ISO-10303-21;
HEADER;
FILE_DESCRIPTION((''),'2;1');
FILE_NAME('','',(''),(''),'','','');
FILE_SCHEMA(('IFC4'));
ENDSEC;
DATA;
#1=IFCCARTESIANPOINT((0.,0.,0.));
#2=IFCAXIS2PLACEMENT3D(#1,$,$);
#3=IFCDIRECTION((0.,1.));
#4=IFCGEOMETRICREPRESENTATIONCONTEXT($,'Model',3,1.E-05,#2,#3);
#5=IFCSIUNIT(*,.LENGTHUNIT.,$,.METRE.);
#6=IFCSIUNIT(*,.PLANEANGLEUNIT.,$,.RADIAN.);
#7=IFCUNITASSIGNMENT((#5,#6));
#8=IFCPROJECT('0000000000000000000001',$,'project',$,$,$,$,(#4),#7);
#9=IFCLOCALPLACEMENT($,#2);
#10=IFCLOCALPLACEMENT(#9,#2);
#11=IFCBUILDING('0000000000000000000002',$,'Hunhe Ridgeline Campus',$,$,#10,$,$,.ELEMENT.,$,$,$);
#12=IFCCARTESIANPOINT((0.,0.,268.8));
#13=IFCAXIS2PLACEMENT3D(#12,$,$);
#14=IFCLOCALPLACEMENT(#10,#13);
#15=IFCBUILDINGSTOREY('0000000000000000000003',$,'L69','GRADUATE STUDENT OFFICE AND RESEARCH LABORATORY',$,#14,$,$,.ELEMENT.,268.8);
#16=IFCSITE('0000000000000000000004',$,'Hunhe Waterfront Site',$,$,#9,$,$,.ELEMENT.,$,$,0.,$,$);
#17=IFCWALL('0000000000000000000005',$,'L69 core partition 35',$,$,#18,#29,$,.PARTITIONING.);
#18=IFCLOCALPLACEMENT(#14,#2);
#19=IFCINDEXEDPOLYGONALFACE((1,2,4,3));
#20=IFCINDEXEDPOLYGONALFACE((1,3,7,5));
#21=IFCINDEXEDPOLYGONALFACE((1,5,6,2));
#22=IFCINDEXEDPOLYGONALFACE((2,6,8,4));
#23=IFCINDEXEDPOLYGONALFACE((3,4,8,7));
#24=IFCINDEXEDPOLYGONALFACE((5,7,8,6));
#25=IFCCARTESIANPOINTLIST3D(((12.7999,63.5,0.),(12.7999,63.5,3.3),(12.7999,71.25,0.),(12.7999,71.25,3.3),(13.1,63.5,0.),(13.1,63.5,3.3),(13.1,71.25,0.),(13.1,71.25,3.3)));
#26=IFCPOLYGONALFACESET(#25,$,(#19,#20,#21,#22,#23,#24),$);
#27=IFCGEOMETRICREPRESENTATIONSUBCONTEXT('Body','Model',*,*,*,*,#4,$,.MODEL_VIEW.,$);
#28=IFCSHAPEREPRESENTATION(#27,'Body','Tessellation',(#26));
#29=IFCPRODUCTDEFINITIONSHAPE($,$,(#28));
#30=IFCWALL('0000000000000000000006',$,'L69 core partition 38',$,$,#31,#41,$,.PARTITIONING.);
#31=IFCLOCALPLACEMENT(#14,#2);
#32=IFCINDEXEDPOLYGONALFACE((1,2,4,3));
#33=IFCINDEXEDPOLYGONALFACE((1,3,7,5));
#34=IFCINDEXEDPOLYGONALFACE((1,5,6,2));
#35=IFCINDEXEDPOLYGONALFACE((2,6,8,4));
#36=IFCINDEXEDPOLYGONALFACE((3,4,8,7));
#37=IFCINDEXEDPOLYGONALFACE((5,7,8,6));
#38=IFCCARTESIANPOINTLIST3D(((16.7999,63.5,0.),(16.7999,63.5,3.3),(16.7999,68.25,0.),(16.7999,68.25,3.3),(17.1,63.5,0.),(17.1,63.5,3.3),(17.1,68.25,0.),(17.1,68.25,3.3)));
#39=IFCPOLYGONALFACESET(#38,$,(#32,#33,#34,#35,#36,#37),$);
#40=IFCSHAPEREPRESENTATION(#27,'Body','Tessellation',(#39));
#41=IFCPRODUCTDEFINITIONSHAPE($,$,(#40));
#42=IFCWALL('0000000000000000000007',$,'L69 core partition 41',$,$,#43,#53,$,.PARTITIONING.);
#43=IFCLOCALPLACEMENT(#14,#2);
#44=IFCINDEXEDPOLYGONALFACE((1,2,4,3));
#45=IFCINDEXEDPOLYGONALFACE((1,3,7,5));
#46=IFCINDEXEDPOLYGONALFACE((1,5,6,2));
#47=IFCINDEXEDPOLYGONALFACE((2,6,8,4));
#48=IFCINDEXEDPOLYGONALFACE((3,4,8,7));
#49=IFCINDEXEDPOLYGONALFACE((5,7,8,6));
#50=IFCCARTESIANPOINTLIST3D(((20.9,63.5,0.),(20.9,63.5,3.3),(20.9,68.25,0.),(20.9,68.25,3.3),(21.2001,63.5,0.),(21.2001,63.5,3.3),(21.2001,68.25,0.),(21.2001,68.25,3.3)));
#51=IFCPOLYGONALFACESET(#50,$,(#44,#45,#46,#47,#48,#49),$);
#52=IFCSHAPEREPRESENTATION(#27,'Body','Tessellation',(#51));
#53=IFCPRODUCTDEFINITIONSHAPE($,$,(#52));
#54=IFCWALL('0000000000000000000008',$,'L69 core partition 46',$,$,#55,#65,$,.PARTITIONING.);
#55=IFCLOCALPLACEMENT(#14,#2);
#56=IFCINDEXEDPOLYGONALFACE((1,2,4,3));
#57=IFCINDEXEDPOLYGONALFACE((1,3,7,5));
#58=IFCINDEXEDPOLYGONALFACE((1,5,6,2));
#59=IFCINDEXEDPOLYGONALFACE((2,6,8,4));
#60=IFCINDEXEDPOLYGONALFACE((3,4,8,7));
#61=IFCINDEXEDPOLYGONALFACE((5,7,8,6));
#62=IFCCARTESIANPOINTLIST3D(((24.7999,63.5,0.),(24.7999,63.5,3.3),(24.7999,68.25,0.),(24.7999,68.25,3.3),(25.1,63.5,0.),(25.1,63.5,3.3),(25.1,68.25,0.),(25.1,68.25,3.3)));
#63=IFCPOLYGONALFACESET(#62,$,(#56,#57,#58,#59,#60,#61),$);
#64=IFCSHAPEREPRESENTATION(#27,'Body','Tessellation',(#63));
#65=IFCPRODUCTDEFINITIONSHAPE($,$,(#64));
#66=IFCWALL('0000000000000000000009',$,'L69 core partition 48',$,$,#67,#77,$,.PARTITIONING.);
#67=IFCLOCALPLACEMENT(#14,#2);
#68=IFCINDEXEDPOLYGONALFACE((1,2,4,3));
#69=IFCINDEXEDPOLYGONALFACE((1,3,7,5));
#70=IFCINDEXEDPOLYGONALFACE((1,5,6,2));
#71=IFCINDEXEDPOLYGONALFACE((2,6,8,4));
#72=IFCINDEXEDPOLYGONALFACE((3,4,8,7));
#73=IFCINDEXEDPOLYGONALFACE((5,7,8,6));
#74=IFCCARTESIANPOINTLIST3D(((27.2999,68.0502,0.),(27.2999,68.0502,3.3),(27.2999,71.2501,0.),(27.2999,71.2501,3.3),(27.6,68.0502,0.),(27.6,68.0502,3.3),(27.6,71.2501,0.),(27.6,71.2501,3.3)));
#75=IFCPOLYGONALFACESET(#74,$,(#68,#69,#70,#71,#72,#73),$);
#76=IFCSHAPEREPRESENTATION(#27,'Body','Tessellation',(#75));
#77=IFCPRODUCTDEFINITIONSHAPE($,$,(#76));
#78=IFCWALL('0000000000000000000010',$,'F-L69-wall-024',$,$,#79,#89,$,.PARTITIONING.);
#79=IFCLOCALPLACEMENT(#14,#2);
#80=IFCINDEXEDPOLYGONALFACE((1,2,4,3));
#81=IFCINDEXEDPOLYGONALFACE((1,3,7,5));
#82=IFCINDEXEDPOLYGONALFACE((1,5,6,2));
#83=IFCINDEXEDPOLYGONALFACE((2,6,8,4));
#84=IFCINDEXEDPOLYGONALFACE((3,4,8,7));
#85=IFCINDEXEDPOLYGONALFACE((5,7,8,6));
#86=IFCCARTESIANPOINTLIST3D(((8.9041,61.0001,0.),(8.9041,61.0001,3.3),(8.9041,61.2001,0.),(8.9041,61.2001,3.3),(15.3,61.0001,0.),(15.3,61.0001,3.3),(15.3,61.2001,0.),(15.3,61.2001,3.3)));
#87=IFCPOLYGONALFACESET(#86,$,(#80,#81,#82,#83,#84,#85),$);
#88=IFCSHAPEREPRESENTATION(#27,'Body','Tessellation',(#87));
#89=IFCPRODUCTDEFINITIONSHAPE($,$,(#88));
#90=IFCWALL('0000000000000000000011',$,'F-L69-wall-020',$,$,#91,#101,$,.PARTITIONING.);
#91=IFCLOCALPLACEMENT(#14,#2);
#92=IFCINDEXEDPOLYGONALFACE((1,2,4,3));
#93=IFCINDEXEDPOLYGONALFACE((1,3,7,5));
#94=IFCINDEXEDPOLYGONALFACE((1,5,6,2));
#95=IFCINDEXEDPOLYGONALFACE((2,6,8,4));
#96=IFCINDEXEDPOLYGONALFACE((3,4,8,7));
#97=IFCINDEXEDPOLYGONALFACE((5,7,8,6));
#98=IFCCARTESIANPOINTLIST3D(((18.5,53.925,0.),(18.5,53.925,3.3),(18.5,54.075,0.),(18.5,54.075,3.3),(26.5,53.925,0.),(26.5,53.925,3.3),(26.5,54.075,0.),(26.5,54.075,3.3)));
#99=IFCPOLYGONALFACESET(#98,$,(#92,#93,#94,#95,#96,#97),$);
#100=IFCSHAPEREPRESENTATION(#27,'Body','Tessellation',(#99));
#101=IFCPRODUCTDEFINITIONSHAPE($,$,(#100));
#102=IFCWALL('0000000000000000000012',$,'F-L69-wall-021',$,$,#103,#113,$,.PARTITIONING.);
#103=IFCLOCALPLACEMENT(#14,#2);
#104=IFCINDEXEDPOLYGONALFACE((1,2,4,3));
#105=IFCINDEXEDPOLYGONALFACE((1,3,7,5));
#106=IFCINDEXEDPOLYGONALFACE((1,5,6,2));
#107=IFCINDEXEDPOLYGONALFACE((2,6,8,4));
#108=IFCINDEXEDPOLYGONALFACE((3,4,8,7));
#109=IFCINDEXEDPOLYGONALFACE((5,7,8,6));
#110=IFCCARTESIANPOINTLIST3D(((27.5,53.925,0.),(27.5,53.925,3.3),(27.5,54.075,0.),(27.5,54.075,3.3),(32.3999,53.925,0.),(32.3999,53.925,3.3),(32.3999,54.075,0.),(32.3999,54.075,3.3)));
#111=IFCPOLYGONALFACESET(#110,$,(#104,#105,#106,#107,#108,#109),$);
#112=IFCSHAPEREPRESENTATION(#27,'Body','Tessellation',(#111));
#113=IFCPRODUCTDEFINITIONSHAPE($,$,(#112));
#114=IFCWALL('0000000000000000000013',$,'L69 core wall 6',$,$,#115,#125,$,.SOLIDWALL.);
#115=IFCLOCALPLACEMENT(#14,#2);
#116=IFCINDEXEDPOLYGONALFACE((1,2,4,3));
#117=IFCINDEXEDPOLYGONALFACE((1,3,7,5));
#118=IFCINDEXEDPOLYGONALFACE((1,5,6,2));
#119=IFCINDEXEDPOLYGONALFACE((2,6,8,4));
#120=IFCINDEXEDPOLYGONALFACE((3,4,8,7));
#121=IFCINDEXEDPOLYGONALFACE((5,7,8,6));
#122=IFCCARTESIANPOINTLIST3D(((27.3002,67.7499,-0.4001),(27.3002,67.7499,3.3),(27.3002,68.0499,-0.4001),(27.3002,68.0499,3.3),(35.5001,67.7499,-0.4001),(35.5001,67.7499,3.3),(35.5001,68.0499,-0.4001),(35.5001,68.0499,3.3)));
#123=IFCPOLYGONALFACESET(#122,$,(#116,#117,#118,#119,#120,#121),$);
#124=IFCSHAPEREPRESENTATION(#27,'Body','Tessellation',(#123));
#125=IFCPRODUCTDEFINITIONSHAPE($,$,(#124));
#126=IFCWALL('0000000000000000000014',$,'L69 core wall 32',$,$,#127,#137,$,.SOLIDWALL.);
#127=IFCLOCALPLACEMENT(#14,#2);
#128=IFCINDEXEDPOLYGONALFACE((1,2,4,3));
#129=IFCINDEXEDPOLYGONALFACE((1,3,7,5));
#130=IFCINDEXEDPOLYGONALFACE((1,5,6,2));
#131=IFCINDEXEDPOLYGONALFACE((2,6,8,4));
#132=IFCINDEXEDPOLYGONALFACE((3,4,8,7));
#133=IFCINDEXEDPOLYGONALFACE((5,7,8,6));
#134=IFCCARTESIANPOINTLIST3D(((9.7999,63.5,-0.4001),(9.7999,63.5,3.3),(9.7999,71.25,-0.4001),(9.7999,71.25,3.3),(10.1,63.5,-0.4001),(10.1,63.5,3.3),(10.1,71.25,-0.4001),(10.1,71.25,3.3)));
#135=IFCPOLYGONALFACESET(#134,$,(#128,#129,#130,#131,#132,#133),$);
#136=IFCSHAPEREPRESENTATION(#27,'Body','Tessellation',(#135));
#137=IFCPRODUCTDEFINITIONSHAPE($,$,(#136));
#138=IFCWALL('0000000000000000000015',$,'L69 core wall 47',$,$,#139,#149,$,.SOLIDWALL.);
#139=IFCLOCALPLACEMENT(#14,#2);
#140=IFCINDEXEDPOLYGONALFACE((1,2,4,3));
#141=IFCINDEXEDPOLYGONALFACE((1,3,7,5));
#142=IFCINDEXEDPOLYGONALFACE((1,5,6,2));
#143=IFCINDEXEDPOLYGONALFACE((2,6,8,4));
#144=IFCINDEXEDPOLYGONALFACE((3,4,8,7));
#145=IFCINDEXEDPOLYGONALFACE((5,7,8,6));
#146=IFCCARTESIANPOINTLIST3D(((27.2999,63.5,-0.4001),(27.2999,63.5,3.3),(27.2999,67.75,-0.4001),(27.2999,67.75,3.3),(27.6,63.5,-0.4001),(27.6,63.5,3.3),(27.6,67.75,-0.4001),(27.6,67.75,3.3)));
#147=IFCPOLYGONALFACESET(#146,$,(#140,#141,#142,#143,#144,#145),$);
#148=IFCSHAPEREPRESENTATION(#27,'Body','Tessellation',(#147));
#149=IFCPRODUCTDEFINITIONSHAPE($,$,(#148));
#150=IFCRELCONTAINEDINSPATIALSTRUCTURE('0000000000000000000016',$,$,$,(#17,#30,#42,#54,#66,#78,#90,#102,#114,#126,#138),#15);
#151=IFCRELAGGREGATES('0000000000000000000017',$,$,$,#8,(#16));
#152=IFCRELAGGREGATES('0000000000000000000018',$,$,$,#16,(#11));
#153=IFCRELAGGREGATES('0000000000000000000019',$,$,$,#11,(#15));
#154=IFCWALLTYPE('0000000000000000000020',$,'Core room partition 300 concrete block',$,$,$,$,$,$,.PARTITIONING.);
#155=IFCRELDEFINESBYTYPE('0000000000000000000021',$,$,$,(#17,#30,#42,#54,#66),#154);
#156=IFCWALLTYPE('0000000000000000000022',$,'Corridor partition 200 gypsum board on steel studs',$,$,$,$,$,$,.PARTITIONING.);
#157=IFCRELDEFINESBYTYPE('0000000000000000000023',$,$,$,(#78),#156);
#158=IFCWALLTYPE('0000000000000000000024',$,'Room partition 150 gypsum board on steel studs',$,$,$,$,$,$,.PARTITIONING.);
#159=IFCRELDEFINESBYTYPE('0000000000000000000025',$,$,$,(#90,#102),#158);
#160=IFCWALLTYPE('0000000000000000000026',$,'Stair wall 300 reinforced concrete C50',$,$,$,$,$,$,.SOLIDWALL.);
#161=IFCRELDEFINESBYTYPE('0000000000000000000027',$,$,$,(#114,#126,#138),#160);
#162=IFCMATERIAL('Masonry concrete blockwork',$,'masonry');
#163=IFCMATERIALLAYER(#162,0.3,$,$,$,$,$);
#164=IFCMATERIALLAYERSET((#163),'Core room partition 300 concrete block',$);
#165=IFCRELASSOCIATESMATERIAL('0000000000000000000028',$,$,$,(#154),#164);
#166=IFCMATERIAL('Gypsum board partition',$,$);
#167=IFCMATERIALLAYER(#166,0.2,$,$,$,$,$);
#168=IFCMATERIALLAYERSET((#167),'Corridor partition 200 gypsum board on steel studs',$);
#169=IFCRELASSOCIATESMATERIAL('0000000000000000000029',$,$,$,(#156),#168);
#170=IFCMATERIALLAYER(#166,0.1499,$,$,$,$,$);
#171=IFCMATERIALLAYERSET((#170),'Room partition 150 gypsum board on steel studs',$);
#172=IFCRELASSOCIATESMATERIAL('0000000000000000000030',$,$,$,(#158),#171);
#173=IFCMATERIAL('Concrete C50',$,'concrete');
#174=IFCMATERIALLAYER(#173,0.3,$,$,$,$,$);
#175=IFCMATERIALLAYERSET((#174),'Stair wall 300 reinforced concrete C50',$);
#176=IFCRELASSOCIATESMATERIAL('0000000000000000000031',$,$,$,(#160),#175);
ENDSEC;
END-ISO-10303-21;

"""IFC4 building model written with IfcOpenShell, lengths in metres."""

from ifc_helpers import new_model, si_unit, direction, frame, frame_2d, origin, place, context, subcontext, project, spatial, rectangle, extrude, material, layer, layer_set, type_object, element, save


model = new_model("IFC4")

# Units and contexts
model_context = context("Model", 3, precision=1e-05, world=origin(), true_north=direction((0.0, 1.0)))
body_context = subcontext(model_context, "Body", "Model", "MODEL_VIEW")
ifc_project = project(units=[si_unit("LENGTHUNIT", "METRE"), si_unit("PLANEANGLEUNIT", "RADIAN")], contexts=[model_context])

# Site, building, storey
site_placement = place(None, origin())
site = spatial("IfcSite", under=ifc_project, at=site_placement, Name="Hunhe Waterfront Site", CompositionType="ELEMENT", RefElevation=0.0)
building_placement = place(site_placement, origin())
building = spatial("IfcBuilding", under=site, at=building_placement, Name="Hunhe Ridgeline Campus", CompositionType="ELEMENT")
storey_placement = place(building_placement, frame((0.0, 0.0, 268.8)))
storey = spatial("IfcBuildingStorey", under=building, at=storey_placement, Name="L69", Description="GRADUATE STUDENT OFFICE AND RESEARCH LABORATORY", CompositionType="ELEMENT", Elevation=268.8)

# Shared definitions
ifc_material_1 = material(Name="Masonry concrete blockwork", Category="masonry")
ifc_layer_1 = layer(ifc_material_1, 0.3)
ifc_layer_set_1 = layer_set([ifc_layer_1], Name="Core room partition 300 concrete block")
wall_type_1 = type_object("IfcWallType", Name="Core room partition 300 concrete block", PredefinedType="PARTITIONING", material=ifc_layer_set_1)

# Walls
wall_1_placement = place(storey_placement, frame((12.95, 63.5, 0.0), z_axis=(0.0, 0.0, 1.0), x_axis=(0.0, 1.0, 0.0)))
element("IfcWall", 1, at=wall_1_placement, inside=storey, type_object=wall_type_1, Name="L69 core partition 35", PredefinedType="PARTITIONING", context=body_context, shape_type="SweptSolid", body=[
    extrude(rectangle(XDim=7.75, YDim=0.3, at=frame_2d((3.875, 0.0))), origin(), (0.0, 0.0, 1.0), 3.3),
])
for number, where, z_axis, x_axis, name in (
    (2, (16.95, 63.5, 0.0), (0.0, 0.0, 1.0), (0.0, 1.0, 0.0), "L69 core partition 38"),
    (3, (21.05, 63.5, 0.0), (0.0, 0.0, 1.0), (0.0, 1.0, 0.0), "L69 core partition 41"),
    (4, (24.95, 63.5, 0.0), (0.0, 0.0, 1.0), (0.0, 1.0, 0.0), "L69 core partition 46"),
):
    element("IfcWall", number, at=place(storey_placement, frame(where, z_axis=z_axis, x_axis=x_axis)), inside=storey, type_object=wall_type_1, Name=name, PredefinedType="PARTITIONING", context=body_context, shape_type="SweptSolid", body=[
        extrude(rectangle(XDim=4.75, YDim=0.3, at=frame_2d((2.375, 0.0))), origin(), (0.0, 0.0, 1.0), 3.3),
    ])
wall_2_placement = place(storey_placement, frame((27.45, 68.05, 0.0), z_axis=(0.0, 0.0, 1.0), x_axis=(0.0, 1.0, 0.0)))
element("IfcWall", 5, at=wall_2_placement, inside=storey, type_object=wall_type_1, Name="L69 core partition 48", PredefinedType="PARTITIONING", context=body_context, shape_type="SweptSolid", body=[
    extrude(rectangle(XDim=3.2, YDim=0.3, at=frame_2d((1.6001, 0.0))), origin(), (0.0, 0.0, 1.0), 3.3),
])
ifc_material_2 = material(Name="Gypsum board partition")
ifc_layer_2 = layer(ifc_material_2, 0.2)
ifc_layer_set_2 = layer_set([ifc_layer_2], Name="Corridor partition 200 gypsum board on steel studs")
wall_type_2 = type_object("IfcWallType", Name="Corridor partition 200 gypsum board on steel studs", PredefinedType="PARTITIONING", material=ifc_layer_set_2)
wall_3_placement = place(storey_placement, frame((15.3, 61.1001, 0.0), z_axis=(0.0, 0.0, 1.0), x_axis=(-1.0, 0.0, 0.0)))
element("IfcWall", 6, at=wall_3_placement, inside=storey, type_object=wall_type_2, Name="F-L69-wall-024", PredefinedType="PARTITIONING", context=body_context, shape_type="SweptSolid", body=[
    extrude(rectangle(XDim=6.396, YDim=0.2, at=frame_2d((3.198, 0.0))), origin(), (0.0, 0.0, 1.0), 3.3),
])

# Walls
ifc_layer_3 = layer(ifc_material_2, 0.1499)
ifc_layer_set_3 = layer_set([ifc_layer_3], Name="Room partition 150 gypsum board on steel studs")
wall_type_3 = type_object("IfcWallType", Name="Room partition 150 gypsum board on steel studs", PredefinedType="PARTITIONING", material=ifc_layer_set_3)
wall_4_placement = place(storey_placement, frame((18.5, 54.0, 0.0), z_axis=(0.0, 0.0, 1.0), x_axis=(1.0, 0.0, 0.0)))
element("IfcWall", 7, at=wall_4_placement, inside=storey, type_object=wall_type_3, Name="F-L69-wall-020", PredefinedType="PARTITIONING", context=body_context, shape_type="SweptSolid", body=[
    extrude(rectangle(XDim=8.0, YDim=0.1499, at=frame_2d((4.0, 0.0))), origin(), (0.0, 0.0, 1.0), 3.3),
])
wall_5_placement = place(storey_placement, frame((27.5, 54.0, 0.0), z_axis=(0.0, 0.0, 1.0), x_axis=(1.0, 0.0, 0.0)))
element("IfcWall", 8, at=wall_5_placement, inside=storey, type_object=wall_type_3, Name="F-L69-wall-021", PredefinedType="PARTITIONING", context=body_context, shape_type="SweptSolid", body=[
    extrude(rectangle(XDim=4.8999, YDim=0.1499, at=frame_2d((2.45, 0.0))), origin(), (0.0, 0.0, 1.0), 3.3),
])
ifc_material_3 = material(Name="Concrete C50", Category="concrete")
ifc_layer_4 = layer(ifc_material_3, 0.3)
ifc_layer_set_4 = layer_set([ifc_layer_4], Name="Stair wall 300 reinforced concrete C50")
wall_type_4 = type_object("IfcWallType", Name="Stair wall 300 reinforced concrete C50", PredefinedType="SOLIDWALL", material=ifc_layer_set_4)
wall_6_placement = place(storey_placement, frame((27.3, 67.8999, -0.4001), z_axis=(0.0, 0.0, 1.0), x_axis=(1.0, 0.0, 0.0)))
element("IfcWall", 9, at=wall_6_placement, inside=storey, type_object=wall_type_4, Name="L69 core wall 6", PredefinedType="SOLIDWALL", context=body_context, shape_type="SweptSolid", body=[
    extrude(rectangle(XDim=8.2, YDim=0.3, at=frame_2d((4.1001, 0.0))), origin(), (0.0, 0.0, 1.0), 3.7002),
])
wall_7_placement = place(storey_placement, frame((9.95, 63.5, -0.4001), z_axis=(0.0, 0.0, 1.0), x_axis=(0.0, 1.0, 0.0)))
element("IfcWall", 10, at=wall_7_placement, inside=storey, type_object=wall_type_4, Name="L69 core wall 32", PredefinedType="SOLIDWALL", context=body_context, shape_type="SweptSolid", body=[
    extrude(rectangle(XDim=7.75, YDim=0.3, at=frame_2d((3.875, 0.0))), origin(), (0.0, 0.0, 1.0), 3.7002),
])
wall_8_placement = place(storey_placement, frame((27.45, 63.5, -0.4001), z_axis=(0.0, 0.0, 1.0), x_axis=(0.0, 1.0, 0.0)))
element("IfcWall", 11, at=wall_8_placement, inside=storey, type_object=wall_type_4, Name="L69 core wall 47", PredefinedType="SOLIDWALL", context=body_context, shape_type="SweptSolid", body=[
    extrude(rectangle(XDim=4.25, YDim=0.3, at=frame_2d((2.125, 0.0))), origin(), (0.0, 0.0, 1.0), 3.7002),
])

save(model, "model.ifc")
